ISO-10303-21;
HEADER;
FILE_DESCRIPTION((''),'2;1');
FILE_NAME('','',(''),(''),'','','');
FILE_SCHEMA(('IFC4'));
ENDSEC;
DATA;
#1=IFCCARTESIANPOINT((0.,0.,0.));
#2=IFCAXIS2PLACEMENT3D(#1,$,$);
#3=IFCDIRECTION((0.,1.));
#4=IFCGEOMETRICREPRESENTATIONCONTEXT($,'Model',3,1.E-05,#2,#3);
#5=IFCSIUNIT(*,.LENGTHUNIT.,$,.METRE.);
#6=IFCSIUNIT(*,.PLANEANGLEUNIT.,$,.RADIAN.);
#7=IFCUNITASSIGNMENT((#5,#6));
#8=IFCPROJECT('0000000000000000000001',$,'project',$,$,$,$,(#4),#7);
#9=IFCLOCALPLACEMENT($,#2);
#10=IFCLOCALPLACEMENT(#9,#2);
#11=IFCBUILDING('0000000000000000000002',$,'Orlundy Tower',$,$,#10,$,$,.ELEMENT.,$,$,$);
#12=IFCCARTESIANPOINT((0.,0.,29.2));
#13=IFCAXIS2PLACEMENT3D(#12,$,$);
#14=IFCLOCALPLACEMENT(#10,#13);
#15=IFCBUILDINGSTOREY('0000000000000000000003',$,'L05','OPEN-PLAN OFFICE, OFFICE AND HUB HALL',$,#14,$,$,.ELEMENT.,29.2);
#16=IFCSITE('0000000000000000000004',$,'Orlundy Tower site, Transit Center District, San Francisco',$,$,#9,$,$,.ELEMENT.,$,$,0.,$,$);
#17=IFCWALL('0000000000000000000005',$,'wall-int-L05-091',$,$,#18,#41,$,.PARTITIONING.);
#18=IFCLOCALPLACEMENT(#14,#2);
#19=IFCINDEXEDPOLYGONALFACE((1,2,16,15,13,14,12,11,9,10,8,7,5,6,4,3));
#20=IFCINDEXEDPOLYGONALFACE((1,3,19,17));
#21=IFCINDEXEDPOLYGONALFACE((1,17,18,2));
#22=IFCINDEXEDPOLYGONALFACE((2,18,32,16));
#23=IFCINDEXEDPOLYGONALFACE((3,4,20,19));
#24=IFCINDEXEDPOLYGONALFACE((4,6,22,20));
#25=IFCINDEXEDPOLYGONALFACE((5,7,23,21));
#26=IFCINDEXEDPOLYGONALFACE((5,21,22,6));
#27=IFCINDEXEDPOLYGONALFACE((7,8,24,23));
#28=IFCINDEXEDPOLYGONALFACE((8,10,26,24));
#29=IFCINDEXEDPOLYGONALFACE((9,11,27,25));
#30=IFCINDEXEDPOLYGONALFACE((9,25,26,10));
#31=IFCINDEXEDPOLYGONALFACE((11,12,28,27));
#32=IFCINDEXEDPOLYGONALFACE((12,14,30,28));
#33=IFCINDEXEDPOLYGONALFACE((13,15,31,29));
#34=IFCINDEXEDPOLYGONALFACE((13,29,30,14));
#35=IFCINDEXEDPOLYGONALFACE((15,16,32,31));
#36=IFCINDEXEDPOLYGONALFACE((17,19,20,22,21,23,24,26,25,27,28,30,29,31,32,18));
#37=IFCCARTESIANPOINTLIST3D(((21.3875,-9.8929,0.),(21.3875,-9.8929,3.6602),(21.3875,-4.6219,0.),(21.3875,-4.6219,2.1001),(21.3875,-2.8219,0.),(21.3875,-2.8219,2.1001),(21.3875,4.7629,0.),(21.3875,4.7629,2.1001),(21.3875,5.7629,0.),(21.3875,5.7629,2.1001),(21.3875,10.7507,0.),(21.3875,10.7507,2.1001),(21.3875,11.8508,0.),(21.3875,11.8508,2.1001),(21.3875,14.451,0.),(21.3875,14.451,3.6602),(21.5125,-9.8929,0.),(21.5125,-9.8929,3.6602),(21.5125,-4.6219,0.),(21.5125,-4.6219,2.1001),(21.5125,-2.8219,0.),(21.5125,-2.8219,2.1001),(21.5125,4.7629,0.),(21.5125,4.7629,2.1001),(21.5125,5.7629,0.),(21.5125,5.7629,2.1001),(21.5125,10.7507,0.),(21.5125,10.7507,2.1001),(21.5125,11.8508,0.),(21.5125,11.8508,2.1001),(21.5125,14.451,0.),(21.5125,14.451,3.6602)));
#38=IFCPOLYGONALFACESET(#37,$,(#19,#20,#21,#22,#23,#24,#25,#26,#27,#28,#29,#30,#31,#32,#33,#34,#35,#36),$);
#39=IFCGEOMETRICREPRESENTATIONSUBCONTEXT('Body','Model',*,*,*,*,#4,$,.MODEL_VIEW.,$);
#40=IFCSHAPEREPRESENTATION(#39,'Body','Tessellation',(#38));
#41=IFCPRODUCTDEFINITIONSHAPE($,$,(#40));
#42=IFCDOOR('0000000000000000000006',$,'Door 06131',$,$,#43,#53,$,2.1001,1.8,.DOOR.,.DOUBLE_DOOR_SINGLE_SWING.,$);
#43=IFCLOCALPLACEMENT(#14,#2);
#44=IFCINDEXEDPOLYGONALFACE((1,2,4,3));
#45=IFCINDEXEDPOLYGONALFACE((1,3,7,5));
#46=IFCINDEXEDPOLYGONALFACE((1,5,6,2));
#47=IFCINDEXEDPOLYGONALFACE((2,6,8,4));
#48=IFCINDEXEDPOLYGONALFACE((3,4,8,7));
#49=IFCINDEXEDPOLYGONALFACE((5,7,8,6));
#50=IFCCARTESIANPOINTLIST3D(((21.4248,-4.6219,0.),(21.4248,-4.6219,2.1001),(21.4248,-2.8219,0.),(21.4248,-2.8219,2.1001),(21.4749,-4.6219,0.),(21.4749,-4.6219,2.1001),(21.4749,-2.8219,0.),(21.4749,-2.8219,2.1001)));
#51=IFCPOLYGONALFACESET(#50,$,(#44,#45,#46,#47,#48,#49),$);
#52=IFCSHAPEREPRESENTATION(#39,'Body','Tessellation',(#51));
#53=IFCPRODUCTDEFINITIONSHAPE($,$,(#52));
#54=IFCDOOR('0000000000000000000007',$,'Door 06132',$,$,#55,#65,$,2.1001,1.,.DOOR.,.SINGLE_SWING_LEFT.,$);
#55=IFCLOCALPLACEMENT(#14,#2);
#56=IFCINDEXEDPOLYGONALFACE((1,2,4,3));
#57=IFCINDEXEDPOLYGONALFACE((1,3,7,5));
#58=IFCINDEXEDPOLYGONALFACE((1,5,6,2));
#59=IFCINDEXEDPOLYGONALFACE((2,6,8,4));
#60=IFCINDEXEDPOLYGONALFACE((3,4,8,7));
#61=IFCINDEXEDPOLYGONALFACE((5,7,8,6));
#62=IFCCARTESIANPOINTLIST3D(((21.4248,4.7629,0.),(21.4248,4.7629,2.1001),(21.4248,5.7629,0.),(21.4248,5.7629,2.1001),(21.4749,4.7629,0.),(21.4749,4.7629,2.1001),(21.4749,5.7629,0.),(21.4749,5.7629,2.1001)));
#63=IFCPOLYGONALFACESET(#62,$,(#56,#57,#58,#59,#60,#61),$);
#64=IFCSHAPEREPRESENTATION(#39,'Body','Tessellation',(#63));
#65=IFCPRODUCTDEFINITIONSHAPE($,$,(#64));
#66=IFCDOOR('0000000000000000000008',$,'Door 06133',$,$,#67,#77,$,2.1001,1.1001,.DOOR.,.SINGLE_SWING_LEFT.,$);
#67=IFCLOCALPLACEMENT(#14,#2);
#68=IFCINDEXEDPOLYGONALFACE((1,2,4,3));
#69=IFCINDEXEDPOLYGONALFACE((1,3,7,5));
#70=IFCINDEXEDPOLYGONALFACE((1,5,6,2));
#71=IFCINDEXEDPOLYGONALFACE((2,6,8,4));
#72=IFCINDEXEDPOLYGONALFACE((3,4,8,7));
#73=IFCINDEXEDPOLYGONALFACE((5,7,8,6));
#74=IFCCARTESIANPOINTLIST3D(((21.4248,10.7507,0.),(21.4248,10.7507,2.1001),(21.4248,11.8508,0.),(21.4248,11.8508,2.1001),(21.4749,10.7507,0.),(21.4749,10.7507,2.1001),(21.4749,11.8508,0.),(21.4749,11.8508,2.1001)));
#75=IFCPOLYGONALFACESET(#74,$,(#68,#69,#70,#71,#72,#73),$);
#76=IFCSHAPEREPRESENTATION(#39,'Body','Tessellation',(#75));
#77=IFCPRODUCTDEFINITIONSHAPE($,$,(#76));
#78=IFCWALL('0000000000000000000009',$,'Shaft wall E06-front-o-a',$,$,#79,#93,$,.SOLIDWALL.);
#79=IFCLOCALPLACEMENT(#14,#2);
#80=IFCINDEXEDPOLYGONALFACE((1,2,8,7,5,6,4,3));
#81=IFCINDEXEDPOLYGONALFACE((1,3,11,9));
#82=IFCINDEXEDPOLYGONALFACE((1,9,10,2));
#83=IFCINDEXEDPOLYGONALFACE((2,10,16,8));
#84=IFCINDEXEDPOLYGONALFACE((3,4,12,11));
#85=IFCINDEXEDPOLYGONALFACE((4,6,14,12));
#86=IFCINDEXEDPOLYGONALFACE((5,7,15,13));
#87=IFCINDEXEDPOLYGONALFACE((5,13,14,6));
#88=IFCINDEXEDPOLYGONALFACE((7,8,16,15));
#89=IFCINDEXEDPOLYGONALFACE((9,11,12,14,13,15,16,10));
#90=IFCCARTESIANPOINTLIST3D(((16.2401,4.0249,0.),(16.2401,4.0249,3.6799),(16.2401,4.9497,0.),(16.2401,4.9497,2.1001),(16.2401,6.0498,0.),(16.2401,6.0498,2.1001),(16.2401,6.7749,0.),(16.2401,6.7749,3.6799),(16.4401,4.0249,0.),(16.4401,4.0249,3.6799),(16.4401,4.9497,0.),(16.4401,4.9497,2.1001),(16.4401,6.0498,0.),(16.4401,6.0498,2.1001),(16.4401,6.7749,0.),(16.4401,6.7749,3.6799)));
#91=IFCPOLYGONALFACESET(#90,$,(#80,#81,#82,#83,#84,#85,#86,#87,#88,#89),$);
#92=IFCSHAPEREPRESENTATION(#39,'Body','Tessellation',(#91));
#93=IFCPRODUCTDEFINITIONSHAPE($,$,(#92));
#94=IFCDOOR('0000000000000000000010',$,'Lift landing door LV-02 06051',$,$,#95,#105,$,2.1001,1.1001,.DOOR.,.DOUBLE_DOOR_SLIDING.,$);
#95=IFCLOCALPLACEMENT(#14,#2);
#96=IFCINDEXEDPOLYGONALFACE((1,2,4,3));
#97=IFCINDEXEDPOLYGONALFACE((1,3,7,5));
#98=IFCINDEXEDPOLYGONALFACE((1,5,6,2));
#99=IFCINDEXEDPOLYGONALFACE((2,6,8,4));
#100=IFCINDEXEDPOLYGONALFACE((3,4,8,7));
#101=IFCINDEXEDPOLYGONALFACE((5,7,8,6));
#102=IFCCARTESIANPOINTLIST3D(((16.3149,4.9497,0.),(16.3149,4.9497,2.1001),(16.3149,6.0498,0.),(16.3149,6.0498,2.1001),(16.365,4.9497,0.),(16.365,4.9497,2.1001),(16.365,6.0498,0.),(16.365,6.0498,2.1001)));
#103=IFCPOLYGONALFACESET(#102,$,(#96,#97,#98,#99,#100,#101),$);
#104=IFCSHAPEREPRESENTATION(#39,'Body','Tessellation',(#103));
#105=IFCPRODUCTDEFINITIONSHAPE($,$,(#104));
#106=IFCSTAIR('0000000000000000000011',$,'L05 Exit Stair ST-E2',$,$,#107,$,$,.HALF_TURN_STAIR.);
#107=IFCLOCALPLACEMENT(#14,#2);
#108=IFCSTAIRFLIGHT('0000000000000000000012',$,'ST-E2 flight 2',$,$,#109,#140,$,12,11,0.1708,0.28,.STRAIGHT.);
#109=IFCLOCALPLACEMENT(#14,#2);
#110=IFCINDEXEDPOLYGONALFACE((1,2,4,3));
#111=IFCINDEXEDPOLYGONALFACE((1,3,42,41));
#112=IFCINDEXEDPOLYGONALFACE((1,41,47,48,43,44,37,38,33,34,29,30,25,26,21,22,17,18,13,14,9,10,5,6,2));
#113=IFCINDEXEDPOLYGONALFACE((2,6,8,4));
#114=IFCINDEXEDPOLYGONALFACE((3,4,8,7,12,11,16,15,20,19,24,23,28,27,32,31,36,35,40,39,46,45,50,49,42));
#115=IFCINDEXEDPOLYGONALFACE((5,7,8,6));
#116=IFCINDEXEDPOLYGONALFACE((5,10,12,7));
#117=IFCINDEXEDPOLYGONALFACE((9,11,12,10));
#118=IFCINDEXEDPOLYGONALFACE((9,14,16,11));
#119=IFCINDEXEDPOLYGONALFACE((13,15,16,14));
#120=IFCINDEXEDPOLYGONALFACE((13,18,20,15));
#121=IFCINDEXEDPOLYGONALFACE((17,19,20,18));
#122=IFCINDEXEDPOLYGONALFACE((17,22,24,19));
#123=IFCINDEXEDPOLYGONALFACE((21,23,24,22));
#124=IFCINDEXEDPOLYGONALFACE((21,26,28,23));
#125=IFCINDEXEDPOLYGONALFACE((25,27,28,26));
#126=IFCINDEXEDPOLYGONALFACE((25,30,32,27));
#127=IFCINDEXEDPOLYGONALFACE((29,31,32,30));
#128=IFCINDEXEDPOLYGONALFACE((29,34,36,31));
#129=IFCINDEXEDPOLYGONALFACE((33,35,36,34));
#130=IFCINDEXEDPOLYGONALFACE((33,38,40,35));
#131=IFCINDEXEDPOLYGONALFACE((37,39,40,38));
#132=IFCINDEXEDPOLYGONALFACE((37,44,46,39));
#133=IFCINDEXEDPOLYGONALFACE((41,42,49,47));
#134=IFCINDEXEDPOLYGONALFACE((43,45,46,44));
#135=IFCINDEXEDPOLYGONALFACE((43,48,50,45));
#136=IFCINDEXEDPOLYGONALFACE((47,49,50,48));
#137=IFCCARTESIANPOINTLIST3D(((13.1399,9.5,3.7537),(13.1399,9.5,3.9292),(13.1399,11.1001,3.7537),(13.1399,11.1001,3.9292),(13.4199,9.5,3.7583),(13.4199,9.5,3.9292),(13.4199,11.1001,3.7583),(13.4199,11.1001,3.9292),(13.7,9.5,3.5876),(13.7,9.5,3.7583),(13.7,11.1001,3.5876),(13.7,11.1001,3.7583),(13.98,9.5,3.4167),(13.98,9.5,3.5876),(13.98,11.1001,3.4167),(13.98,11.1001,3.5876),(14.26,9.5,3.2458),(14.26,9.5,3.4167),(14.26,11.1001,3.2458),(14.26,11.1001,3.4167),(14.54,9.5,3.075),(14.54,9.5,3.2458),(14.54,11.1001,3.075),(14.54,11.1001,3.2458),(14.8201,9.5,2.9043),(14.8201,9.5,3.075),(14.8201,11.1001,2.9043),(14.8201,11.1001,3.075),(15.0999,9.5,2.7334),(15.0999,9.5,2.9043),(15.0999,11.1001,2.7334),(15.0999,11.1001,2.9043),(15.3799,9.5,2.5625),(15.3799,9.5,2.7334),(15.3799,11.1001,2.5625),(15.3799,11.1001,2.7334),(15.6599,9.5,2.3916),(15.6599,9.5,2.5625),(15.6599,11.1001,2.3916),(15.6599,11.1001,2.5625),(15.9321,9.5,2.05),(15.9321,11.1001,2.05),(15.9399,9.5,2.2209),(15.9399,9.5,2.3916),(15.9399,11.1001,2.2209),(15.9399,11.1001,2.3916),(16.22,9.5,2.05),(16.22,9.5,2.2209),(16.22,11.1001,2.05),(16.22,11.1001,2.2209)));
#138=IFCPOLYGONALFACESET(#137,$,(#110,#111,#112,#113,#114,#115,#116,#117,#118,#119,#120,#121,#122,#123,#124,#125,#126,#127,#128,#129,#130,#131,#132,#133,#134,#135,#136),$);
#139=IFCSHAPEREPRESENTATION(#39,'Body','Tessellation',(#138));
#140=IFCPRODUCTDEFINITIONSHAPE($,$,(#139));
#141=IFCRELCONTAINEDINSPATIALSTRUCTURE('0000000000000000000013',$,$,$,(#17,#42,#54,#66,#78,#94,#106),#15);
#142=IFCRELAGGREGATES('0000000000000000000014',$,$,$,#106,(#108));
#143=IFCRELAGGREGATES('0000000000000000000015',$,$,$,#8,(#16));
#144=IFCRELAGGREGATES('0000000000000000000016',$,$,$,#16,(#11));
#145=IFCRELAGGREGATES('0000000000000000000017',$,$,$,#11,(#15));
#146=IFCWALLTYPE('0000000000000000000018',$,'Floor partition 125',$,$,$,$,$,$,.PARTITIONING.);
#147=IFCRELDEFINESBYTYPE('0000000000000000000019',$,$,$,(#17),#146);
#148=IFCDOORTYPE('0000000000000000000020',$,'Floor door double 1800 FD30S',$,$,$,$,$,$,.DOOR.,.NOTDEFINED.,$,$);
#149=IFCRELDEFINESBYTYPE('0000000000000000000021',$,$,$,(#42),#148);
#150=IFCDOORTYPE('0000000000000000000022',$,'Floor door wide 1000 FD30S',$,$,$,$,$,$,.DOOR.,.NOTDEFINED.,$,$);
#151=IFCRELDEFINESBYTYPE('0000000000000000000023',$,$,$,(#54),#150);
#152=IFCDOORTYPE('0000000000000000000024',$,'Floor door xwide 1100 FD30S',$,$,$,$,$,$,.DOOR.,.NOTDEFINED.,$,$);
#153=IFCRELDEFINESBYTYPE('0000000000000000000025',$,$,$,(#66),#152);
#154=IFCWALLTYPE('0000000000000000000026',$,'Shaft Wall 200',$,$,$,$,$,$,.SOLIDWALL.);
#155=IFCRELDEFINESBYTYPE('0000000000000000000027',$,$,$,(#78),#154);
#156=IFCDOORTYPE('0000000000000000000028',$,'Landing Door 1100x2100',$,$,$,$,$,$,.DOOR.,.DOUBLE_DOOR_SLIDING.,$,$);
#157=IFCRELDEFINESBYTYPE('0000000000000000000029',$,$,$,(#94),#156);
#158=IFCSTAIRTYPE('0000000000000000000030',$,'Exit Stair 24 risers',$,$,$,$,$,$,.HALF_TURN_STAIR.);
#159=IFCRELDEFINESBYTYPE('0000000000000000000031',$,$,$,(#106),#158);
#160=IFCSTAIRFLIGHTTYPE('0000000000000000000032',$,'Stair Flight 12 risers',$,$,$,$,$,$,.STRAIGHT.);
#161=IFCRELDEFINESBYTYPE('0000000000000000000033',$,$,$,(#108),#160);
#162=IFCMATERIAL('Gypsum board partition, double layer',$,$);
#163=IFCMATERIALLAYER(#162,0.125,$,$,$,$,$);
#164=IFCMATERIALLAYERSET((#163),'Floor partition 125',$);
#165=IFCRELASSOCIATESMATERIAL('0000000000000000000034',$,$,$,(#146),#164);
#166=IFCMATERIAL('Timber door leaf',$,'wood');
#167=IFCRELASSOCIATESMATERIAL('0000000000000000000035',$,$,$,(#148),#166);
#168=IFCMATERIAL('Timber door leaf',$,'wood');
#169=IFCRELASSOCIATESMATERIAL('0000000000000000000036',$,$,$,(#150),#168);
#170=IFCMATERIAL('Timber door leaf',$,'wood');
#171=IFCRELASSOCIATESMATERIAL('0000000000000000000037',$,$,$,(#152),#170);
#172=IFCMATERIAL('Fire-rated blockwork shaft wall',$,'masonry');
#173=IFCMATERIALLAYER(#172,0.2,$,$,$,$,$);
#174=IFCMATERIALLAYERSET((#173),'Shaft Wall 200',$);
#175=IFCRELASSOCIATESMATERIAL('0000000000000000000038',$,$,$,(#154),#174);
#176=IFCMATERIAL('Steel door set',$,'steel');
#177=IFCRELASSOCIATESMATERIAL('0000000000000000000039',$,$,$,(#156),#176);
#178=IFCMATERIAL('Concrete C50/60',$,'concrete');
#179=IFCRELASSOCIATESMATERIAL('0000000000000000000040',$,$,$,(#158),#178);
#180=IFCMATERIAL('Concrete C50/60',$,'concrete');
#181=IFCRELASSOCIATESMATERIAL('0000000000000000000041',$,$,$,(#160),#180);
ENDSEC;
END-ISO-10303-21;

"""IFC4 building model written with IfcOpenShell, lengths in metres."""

from ifc_helpers import new_model, si_unit, direction, frame, frame_2d, origin, place, context, subcontext, project, spatial, polyline, rectangle, outline, extrude, material, layer, layer_set, type_object, element, fill, aggregate, save


model = new_model("IFC4")

# Units and contexts
model_context = context("Model", 3, precision=1e-05, world=origin(), true_north=direction((0.0, 1.0)))
body_context = subcontext(model_context, "Body", "Model", "MODEL_VIEW")
ifc_project = project(units=[si_unit("LENGTHUNIT", "METRE"), si_unit("PLANEANGLEUNIT", "RADIAN")], contexts=[model_context])

# Site, building, storey
site_placement = place(None, origin())
site = spatial("IfcSite", under=ifc_project, at=site_placement, Name="Orlundy Tower site, Transit Center District, San Francisco", CompositionType="ELEMENT", RefElevation=0.0)
building_placement = place(site_placement, origin())
building = spatial("IfcBuilding", under=site, at=building_placement, Name="Orlundy Tower", CompositionType="ELEMENT")
storey_placement = place(building_placement, frame((0.0, 0.0, 29.2)))
storey = spatial("IfcBuildingStorey", under=building, at=storey_placement, Name="L05", Description="OPEN-PLAN OFFICE, OFFICE AND HUB HALL", CompositionType="ELEMENT", Elevation=29.2)

# Wall, openings, doors
ifc_material_1 = material(Name="Gypsum board partition, double layer")
ifc_layer_1 = layer(ifc_material_1, 0.125)
ifc_layer_set_1 = layer_set([ifc_layer_1], Name="Floor partition 125")
wall_type_1 = type_object("IfcWallType", Name="Floor partition 125", PredefinedType="PARTITIONING", material=ifc_layer_set_1)
wall_1_placement = place(storey_placement, frame((21.45, 14.4509, 0.0), z_axis=(0.0, 0.0, 1.0), x_axis=(0.0, -1.0, 0.0)))
wall_1 = element("IfcWall", 1, at=wall_1_placement, inside=storey, type_object=wall_type_1, Name="wall-int-L05-091", PredefinedType="PARTITIONING", context=body_context, shape_type="SweptSolid", body=[
    extrude(rectangle(XDim=24.344, YDim=0.125, at=frame_2d((12.1719, 0.0))), origin(), (0.0, 0.0, 1.0), 3.6602),
])
opening_1_placement = place(wall_1_placement, frame((17.2729, 0.0, 0.0)))
opening_1 = element("IfcOpeningElement", 2, at=opening_1_placement, cuts=wall_1, PredefinedType="OPENING", context=body_context, shape_type="SweptSolid", body=[
    extrude(rectangle(XDim=1.8, YDim=2.1001, at=frame_2d((0.8999, 1.05))), frame((0.0, 0.0725, 0.0), z_axis=(0.0, -1.0, 0.0), x_axis=(1.0, 0.0, 0.0)), (0.0, 0.0, 1.0), 0.145),
])
opening_2_placement = place(wall_1_placement, frame((8.688, 0.0, 0.0)))
opening_2 = element("IfcOpeningElement", 3, at=opening_2_placement, cuts=wall_1, PredefinedType="OPENING", context=body_context, shape_type="SweptSolid", body=[
    extrude(rectangle(XDim=1.0, YDim=2.1001, at=frame_2d((0.5, 1.05))), frame((0.0, 0.0725, 0.0), z_axis=(0.0, -1.0, 0.0), x_axis=(1.0, 0.0, 0.0)), (0.0, 0.0, 1.0), 0.145),
])
opening_3_placement = place(wall_1_placement, frame((2.6001, 0.0, 0.0)))
opening_3 = element("IfcOpeningElement", 4, at=opening_3_placement, cuts=wall_1, PredefinedType="OPENING", context=body_context, shape_type="SweptSolid", body=[
    extrude(rectangle(XDim=1.1001, YDim=2.1001, at=frame_2d((0.55, 1.05))), frame((0.0, 0.0725, 0.0), z_axis=(0.0, -1.0, 0.0), x_axis=(1.0, 0.0, 0.0)), (0.0, 0.0, 1.0), 0.145),
])
ifc_material_2 = material(Name="Timber door leaf", Category="wood")
door_type_1 = type_object("IfcDoorType", Name="Floor door double 1800 FD30S", OperationType="NOTDEFINED", PredefinedType="DOOR", material=ifc_material_2)
door_1_placement = place(opening_1_placement, origin())
door_1 = element("IfcDoor", 5, at=door_1_placement, inside=storey, type_object=door_type_1, Name="Door 06131", OperationType="DOUBLE_DOOR_SINGLE_SWING", OverallHeight=2.1001, OverallWidth=1.8, PredefinedType="DOOR", context=body_context, shape_type="SweptSolid", body=[
    extrude(rectangle(XDim=1.8, YDim=2.1001, at=frame_2d((0.8999, 1.05))), frame((0.0, 0.0249, 0.0), z_axis=(0.0, -1.0, 0.0), x_axis=(1.0, 0.0, 0.0)), (0.0, 0.0, 1.0), 0.05),
])
fill(opening_1, door_1)
ifc_material_3 = material(Name="Timber door leaf", Category="wood")
door_type_2 = type_object("IfcDoorType", Name="Floor door wide 1000 FD30S", OperationType="NOTDEFINED", PredefinedType="DOOR", material=ifc_material_3)
door_2_placement = place(opening_2_placement, origin())
door_2 = element("IfcDoor", 6, at=door_2_placement, inside=storey, type_object=door_type_2, Name="Door 06132", OperationType="SINGLE_SWING_LEFT", OverallHeight=2.1001, OverallWidth=1.0, PredefinedType="DOOR", context=body_context, shape_type="SweptSolid", body=[
    extrude(rectangle(XDim=1.0, YDim=2.1001, at=frame_2d((0.5, 1.05))), frame((0.0, 0.0249, 0.0), z_axis=(0.0, -1.0, 0.0), x_axis=(1.0, 0.0, 0.0)), (0.0, 0.0, 1.0), 0.05),
])
fill(opening_2, door_2)
ifc_material_4 = material(Name="Timber door leaf", Category="wood")
door_type_3 = type_object("IfcDoorType", Name="Floor door xwide 1100 FD30S", OperationType="NOTDEFINED", PredefinedType="DOOR", material=ifc_material_4)
door_3_placement = place(opening_3_placement, origin())
door_3 = element("IfcDoor", 7, at=door_3_placement, inside=storey, type_object=door_type_3, Name="Door 06133", OperationType="SINGLE_SWING_LEFT", OverallHeight=2.1001, OverallWidth=1.1001, PredefinedType="DOOR", context=body_context, shape_type="SweptSolid", body=[
    extrude(rectangle(XDim=1.1001, YDim=2.1001, at=frame_2d((0.55, 1.05))), frame((0.0, 0.0249, 0.0), z_axis=(0.0, -1.0, 0.0), x_axis=(1.0, 0.0, 0.0)), (0.0, 0.0, 1.0), 0.05),
])
fill(opening_3, door_3)

# Wall, opening, door
ifc_material_5 = material(Name="Fire-rated blockwork shaft wall", Category="masonry")
ifc_layer_2 = layer(ifc_material_5, 0.2)
ifc_layer_set_2 = layer_set([ifc_layer_2], Name="Shaft Wall 200")
wall_type_2 = type_object("IfcWallType", Name="Shaft Wall 200", PredefinedType="SOLIDWALL", material=ifc_layer_set_2)
wall_2_placement = place(storey_placement, frame((16.3401, 6.7749, 0.0), z_axis=(0.0, 0.0, 1.0), x_axis=(0.0, -1.0, 0.0)))
wall_2 = element("IfcWall", 8, at=wall_2_placement, inside=storey, type_object=wall_type_2, Name="Shaft wall E06-front-o-a", PredefinedType="SOLIDWALL", context=body_context, shape_type="SweptSolid", body=[
    extrude(rectangle(XDim=2.75, YDim=0.2, at=frame_2d((1.375, 0.0))), origin(), (0.0, 0.0, 1.0), 3.6799),
])
opening_4_placement = place(wall_2_placement, frame((0.7251, 0.0, 0.0)))
opening_4 = element("IfcOpeningElement", 9, at=opening_4_placement, cuts=wall_2, PredefinedType="OPENING", context=body_context, shape_type="SweptSolid", body=[
    extrude(rectangle(XDim=1.1001, YDim=2.1001, at=frame_2d((0.55, 1.05))), frame((0.0, 0.1101, 0.0), z_axis=(0.0, -1.0, 0.0), x_axis=(1.0, 0.0, 0.0)), (0.0, 0.0, 1.0), 0.2202),
])
ifc_material_6 = material(Name="Steel door set", Category="steel")
door_type_4 = type_object("IfcDoorType", Name="Landing Door 1100x2100", OperationType="DOUBLE_DOOR_SLIDING", PredefinedType="DOOR", material=ifc_material_6)
door_4_placement = place(opening_4_placement, origin())
door_4 = element("IfcDoor", 10, at=door_4_placement, inside=storey, type_object=door_type_4, Name="Lift landing door LV-02 06051", OperationType="DOUBLE_DOOR_SLIDING", OverallHeight=2.1001, OverallWidth=1.1001, PredefinedType="DOOR", context=body_context, shape_type="SweptSolid", body=[
    extrude(rectangle(XDim=1.1001, YDim=2.1001, at=frame_2d((0.55, 1.05))), frame((0.0, 0.0249, 0.0), z_axis=(0.0, -1.0, 0.0), x_axis=(1.0, 0.0, 0.0)), (0.0, 0.0, 1.0), 0.05),
])
fill(opening_4, door_4)

# Stair, stair flight
ifc_material_7 = material(Name="Concrete C50/60", Category="concrete")
stair_type = type_object("IfcStairType", Name="Exit Stair 24 risers", PredefinedType="HALF_TURN_STAIR", material=ifc_material_7)
stair_placement = place(storey_placement, origin())
stair = element("IfcStair", 11, at=stair_placement, inside=storey, type_object=stair_type, Name="L05 Exit Stair ST-E2", PredefinedType="HALF_TURN_STAIR")
ifc_material_8 = material(Name="Concrete C50/60", Category="concrete")
stair_flight_type = type_object("IfcStairFlightType", Name="Stair Flight 12 risers", PredefinedType="STRAIGHT", material=ifc_material_8)
stair_flight_placement = place(storey_placement, frame((16.22, 10.3, 2.05), z_axis=(0.0, 0.0, 1.0), x_axis=(-1.0, 0.0, 0.0)))
stair_flight = element("IfcStairFlight", 12, at=stair_flight_placement, type_object=stair_flight_type, Name="ST-E2 flight 2", NumberOfRisers=12, NumberOfTreads=11, PredefinedType="STRAIGHT", RiserHeight=0.1708, TreadLength=0.28, context=body_context, shape_type="SweptSolid", body=[
    extrude(outline(polyline([(0.0, 0.0), (0.0, 0.1709), (0.28, 0.1709), (0.28, 0.3416), (0.5601, 0.3416), (0.5601, 0.5125), (0.8401, 0.5125), (0.8401, 0.6833), (1.1201, 0.6833), (1.1201, 0.8542), (1.3999, 0.8542), (1.3999, 1.0249), (1.6799, 1.0249), (1.6799, 1.1958), (1.96, 1.1958), (1.96, 1.3667), (2.24, 1.3667), (2.24, 1.5376), (2.52, 1.5376), (2.52, 1.7083), (2.8, 1.7083), (2.8, 1.8792), (3.0801, 1.8792), (3.0801, 2.05), (3.0801, 1.7036), (0.2878, 0.0), (0.0, 0.0)])), frame((0.0, 0.8, 0.0), z_axis=(0.0, -1.0, 0.0), x_axis=(1.0, 0.0, 0.0)), (0.0, 0.0, 1.0), 1.6001),
])
aggregate(stair, [stair_flight])

save(model, "model.ifc")
